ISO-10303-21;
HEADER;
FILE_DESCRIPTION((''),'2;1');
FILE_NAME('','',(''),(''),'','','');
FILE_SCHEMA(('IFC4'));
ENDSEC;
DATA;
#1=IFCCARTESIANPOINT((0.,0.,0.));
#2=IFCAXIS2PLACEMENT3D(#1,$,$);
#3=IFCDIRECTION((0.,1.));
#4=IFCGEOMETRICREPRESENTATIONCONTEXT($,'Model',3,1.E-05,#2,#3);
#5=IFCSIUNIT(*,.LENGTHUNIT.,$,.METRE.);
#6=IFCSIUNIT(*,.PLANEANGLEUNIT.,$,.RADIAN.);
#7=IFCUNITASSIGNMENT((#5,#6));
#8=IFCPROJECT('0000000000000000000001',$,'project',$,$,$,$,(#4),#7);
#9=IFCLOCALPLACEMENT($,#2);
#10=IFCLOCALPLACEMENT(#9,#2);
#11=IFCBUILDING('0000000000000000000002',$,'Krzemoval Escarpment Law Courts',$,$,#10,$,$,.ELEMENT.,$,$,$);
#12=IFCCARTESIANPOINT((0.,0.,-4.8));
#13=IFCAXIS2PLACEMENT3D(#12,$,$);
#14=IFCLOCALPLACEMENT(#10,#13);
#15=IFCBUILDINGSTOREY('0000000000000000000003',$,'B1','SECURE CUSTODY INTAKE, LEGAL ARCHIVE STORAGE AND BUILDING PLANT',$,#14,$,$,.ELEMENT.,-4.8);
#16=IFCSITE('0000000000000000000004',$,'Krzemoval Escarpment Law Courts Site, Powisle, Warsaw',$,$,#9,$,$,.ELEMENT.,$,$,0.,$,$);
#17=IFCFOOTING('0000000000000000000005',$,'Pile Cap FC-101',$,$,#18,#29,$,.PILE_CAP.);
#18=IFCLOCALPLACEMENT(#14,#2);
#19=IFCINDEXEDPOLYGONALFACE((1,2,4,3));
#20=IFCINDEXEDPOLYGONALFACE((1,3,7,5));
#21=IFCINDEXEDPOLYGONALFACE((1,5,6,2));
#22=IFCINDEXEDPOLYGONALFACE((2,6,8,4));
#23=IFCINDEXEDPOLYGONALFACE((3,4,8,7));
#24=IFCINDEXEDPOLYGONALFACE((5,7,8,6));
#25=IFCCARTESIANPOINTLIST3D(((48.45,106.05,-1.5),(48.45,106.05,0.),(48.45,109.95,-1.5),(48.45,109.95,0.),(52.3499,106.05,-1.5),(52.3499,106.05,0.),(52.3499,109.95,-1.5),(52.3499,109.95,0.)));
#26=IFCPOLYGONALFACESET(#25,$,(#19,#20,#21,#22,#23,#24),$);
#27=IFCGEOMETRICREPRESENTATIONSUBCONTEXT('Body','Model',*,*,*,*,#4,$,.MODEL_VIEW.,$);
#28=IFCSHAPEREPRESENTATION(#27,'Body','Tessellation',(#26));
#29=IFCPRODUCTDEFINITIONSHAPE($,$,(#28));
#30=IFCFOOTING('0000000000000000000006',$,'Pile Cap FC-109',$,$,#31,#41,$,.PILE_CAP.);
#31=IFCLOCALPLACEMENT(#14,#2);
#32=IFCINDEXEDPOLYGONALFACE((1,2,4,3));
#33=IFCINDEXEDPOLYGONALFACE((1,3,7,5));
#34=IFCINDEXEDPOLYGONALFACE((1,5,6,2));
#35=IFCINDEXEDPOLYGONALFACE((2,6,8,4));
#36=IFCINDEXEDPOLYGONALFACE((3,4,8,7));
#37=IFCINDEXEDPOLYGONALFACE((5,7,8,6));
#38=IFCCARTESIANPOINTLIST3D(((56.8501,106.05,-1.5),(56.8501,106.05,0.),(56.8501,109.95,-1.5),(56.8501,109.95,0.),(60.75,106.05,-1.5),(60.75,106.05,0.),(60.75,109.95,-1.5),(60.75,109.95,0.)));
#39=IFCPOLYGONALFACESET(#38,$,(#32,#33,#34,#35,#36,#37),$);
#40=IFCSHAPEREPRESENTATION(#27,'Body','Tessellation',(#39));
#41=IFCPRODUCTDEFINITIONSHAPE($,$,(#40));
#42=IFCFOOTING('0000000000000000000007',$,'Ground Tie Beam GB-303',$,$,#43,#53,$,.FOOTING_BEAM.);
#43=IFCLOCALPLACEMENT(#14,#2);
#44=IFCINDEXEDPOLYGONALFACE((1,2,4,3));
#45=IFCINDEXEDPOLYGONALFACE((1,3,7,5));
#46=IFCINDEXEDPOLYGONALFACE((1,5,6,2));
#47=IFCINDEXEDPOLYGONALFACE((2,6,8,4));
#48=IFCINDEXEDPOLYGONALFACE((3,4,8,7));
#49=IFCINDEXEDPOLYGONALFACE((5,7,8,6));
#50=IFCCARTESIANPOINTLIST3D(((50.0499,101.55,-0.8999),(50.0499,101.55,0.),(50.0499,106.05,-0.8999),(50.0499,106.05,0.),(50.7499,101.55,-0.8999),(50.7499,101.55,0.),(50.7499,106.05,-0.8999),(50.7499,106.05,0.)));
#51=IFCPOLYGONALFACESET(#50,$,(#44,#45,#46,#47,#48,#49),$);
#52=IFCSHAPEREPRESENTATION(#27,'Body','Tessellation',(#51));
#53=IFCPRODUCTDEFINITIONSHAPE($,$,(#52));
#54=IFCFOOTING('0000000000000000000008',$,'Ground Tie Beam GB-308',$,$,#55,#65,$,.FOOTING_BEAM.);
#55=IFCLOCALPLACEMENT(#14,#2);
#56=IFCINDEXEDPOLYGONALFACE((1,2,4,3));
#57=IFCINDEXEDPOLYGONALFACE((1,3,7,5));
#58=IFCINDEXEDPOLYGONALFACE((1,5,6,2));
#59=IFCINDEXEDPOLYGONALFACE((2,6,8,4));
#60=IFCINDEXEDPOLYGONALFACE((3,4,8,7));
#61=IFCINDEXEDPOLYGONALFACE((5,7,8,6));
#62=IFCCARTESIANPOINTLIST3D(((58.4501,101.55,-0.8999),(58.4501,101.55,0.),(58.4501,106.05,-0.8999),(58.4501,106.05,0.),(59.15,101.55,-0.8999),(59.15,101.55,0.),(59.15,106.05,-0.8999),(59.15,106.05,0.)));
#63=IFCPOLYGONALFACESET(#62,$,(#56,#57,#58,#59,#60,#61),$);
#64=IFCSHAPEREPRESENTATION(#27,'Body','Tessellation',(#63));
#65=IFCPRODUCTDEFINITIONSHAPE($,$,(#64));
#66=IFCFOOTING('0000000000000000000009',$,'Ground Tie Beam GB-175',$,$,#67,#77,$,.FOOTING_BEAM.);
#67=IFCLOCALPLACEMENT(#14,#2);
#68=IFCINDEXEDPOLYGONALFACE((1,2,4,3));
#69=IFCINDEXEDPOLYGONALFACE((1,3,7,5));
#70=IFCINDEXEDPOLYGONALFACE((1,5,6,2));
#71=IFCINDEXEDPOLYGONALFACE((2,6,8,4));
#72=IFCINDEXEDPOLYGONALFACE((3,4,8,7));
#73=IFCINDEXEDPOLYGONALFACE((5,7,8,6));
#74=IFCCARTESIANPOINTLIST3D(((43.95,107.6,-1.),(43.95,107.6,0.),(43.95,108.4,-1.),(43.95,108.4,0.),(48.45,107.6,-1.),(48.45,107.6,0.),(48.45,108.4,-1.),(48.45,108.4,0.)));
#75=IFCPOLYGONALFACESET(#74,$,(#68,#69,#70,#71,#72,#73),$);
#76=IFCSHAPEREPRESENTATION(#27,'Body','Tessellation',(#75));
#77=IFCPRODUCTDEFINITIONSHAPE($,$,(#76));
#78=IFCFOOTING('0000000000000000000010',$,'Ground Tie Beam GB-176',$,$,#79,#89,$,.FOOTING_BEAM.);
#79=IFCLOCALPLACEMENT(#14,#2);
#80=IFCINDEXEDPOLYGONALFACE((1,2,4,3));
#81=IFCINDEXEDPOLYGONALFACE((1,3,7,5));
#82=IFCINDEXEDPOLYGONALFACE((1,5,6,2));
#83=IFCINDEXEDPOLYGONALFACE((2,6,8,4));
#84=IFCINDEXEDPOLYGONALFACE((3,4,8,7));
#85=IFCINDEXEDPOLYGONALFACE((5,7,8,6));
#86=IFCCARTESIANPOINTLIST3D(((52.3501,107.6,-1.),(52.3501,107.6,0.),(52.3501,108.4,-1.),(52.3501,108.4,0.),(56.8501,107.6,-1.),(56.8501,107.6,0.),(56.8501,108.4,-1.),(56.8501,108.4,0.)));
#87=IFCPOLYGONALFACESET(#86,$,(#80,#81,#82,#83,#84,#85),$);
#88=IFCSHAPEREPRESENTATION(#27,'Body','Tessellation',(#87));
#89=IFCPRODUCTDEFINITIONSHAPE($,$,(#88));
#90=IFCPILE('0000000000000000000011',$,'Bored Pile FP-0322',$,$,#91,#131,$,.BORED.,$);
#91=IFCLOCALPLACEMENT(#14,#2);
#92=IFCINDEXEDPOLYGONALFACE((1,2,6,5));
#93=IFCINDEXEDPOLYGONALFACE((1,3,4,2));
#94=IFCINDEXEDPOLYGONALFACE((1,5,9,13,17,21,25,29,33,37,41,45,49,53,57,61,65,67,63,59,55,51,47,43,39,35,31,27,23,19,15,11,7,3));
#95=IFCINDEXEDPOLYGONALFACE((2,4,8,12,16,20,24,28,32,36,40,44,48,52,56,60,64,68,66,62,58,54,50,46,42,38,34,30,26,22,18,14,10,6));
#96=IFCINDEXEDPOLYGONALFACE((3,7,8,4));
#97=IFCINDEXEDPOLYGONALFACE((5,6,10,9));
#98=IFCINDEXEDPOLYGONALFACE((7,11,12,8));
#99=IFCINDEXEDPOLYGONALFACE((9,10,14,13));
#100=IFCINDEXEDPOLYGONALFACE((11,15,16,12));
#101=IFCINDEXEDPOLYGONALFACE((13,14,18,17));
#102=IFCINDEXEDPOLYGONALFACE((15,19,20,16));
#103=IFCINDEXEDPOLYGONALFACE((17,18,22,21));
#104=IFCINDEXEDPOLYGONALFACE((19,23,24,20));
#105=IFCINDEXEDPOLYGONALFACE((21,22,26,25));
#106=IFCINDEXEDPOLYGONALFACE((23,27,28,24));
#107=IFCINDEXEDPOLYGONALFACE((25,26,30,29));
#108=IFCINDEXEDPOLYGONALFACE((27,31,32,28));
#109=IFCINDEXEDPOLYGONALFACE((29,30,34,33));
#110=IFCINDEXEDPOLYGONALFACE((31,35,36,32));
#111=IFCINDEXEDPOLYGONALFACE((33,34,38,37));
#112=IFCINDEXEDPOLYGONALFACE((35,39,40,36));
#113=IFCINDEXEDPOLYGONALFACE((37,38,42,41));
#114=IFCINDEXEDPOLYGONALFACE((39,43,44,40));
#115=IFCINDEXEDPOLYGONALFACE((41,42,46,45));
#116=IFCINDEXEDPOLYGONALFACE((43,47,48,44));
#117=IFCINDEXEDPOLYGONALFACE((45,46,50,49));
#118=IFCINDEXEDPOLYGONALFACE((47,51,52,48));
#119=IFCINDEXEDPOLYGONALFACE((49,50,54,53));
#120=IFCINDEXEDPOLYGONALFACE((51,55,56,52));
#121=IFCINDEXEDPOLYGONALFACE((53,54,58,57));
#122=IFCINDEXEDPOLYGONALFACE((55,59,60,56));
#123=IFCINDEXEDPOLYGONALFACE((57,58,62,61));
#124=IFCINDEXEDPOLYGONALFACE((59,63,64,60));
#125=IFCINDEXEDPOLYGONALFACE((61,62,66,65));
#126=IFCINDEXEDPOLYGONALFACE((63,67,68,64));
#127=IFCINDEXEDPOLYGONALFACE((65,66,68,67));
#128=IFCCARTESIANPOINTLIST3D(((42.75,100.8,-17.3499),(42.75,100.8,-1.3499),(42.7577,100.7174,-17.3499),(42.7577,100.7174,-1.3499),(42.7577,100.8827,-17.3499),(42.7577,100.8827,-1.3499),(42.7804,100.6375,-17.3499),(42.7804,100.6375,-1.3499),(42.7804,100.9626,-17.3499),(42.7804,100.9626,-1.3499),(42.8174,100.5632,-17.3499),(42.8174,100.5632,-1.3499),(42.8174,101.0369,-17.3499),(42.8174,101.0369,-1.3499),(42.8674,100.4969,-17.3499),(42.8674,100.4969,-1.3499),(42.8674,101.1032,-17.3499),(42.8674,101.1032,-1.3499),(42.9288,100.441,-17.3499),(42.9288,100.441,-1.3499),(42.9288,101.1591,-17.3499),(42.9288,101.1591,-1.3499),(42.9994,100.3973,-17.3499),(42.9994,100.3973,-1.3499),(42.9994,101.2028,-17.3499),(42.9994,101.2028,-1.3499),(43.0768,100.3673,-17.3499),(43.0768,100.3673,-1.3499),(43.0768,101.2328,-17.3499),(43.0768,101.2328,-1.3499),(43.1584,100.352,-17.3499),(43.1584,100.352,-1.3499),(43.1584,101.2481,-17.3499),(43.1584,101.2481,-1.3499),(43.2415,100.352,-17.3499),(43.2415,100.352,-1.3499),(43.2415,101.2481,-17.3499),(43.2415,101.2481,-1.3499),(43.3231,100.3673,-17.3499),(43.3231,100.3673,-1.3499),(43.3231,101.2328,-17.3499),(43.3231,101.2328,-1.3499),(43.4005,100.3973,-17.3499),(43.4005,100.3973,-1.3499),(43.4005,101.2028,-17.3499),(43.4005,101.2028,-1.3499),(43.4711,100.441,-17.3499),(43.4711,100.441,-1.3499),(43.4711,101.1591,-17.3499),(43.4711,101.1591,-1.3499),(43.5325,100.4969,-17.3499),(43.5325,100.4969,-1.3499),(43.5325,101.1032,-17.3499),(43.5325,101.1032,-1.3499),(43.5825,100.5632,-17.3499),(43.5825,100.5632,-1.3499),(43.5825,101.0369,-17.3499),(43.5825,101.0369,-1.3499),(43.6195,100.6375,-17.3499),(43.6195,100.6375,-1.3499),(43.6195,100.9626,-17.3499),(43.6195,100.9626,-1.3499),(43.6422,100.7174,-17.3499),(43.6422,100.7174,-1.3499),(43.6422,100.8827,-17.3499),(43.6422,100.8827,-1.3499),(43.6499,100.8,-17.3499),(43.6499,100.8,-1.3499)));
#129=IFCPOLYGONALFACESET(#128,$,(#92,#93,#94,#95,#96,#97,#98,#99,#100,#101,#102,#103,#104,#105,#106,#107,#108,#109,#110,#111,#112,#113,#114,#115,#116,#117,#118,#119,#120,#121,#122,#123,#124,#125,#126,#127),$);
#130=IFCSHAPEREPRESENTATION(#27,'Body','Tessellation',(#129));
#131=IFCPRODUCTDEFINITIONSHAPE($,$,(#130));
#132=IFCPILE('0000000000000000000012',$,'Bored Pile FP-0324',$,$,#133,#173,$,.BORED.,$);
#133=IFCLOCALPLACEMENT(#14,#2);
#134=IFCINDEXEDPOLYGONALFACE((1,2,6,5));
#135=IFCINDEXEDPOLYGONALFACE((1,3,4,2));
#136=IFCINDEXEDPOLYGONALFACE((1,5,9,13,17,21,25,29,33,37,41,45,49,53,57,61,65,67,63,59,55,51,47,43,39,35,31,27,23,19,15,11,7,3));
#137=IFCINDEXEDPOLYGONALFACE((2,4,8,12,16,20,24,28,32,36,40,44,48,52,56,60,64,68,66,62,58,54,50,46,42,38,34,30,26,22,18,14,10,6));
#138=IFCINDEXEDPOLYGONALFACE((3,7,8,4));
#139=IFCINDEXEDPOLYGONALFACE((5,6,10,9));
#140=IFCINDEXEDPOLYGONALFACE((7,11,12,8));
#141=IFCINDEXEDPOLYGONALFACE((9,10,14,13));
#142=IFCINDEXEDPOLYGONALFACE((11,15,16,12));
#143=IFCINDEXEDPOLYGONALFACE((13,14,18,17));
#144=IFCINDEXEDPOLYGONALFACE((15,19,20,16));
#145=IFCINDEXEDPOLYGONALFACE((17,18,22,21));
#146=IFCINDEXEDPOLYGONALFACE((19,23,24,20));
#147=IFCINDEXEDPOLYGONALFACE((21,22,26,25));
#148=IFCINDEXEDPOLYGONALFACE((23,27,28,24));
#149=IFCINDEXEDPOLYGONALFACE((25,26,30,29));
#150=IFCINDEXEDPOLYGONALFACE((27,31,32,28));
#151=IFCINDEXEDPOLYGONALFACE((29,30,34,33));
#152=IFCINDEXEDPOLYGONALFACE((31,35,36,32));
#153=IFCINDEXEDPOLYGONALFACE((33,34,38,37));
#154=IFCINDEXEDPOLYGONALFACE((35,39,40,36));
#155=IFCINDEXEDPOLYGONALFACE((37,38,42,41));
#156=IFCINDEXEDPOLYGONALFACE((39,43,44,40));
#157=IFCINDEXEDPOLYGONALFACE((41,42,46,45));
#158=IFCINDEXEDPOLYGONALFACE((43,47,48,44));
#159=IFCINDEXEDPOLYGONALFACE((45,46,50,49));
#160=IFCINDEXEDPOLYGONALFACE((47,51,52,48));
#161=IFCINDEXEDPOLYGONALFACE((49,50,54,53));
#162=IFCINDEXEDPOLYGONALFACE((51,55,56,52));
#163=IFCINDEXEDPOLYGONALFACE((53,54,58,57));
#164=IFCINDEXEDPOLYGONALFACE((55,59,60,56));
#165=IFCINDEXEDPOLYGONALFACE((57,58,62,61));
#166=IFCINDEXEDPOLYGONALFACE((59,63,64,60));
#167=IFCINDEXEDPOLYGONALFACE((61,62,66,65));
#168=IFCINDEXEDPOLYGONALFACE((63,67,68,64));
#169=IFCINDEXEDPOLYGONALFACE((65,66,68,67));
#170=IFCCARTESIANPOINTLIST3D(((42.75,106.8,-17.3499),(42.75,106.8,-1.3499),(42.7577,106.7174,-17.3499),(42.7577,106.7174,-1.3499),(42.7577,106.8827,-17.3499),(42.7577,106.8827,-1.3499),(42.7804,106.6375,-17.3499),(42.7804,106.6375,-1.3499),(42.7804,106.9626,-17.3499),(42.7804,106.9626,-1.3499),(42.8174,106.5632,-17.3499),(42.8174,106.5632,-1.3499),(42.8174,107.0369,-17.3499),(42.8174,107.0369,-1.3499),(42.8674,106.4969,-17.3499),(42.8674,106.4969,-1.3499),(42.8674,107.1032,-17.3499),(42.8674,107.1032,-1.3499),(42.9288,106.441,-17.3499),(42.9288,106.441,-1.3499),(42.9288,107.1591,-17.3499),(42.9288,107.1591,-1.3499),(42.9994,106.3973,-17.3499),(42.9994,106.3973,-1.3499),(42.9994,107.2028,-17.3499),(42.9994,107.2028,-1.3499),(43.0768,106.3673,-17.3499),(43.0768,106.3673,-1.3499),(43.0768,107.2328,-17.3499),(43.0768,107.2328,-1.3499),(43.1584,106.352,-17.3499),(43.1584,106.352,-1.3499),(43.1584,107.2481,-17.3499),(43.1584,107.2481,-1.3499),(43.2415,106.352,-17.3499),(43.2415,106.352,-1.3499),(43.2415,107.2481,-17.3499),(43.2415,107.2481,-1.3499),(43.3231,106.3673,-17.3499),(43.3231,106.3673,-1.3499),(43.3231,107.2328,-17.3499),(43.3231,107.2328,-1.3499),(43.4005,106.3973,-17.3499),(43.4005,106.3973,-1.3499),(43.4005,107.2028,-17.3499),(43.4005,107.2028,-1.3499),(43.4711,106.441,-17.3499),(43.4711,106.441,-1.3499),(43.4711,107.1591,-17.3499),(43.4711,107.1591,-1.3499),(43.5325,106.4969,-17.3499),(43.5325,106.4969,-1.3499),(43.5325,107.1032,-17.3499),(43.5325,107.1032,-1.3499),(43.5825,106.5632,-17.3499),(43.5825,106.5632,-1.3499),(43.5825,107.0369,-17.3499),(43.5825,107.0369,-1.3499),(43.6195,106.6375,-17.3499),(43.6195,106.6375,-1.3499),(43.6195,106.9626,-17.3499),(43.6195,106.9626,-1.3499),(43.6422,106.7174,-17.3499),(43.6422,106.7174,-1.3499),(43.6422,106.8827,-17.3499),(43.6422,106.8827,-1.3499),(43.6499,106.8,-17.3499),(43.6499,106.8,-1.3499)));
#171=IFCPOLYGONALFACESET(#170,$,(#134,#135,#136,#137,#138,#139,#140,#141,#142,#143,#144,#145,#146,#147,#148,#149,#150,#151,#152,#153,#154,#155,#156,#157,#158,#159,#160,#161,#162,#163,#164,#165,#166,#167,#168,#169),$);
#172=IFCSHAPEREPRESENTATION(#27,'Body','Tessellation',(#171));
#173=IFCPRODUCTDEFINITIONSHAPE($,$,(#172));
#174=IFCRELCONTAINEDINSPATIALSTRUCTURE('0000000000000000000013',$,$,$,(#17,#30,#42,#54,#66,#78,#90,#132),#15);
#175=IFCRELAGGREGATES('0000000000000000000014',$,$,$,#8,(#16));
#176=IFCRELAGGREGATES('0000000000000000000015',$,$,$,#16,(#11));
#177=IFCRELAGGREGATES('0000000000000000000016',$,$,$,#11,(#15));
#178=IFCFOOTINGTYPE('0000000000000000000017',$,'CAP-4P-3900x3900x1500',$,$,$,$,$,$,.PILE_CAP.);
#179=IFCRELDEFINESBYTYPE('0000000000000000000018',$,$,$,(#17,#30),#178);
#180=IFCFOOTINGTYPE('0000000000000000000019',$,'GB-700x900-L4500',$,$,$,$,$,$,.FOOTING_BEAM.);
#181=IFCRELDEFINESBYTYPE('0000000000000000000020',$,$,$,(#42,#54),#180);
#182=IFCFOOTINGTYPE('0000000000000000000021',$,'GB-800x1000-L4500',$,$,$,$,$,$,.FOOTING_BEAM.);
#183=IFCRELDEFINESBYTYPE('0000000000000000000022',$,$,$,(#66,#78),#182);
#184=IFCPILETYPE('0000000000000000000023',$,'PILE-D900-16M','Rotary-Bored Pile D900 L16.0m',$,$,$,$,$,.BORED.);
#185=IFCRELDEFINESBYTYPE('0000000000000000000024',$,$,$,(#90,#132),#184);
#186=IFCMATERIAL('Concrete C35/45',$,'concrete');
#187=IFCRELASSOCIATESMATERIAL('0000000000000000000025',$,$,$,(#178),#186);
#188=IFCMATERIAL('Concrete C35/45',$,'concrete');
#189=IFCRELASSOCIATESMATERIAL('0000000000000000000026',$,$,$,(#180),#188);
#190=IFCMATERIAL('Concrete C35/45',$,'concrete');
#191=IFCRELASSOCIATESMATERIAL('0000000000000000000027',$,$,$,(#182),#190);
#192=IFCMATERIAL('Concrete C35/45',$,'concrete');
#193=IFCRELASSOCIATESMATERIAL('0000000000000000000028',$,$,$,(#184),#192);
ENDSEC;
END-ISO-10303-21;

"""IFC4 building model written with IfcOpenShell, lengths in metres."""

from ifc_helpers import new_model, si_unit, direction, frame, origin, origin_2d, place, context, subcontext, project, spatial, rectangle, circle, extrude, material, material_profile, profile_set, type_object, element, save


model = new_model("IFC4")

# Units and contexts
model_context = context("Model", 3, precision=1e-05, world=origin(), true_north=direction((0.0, 1.0)))
body_context = subcontext(model_context, "Body", "Model", "MODEL_VIEW")
ifc_project = project(units=[si_unit("LENGTHUNIT", "METRE"), si_unit("PLANEANGLEUNIT", "RADIAN")], contexts=[model_context])

# Site, building, storey
site_placement = place(None, origin())
site = spatial("IfcSite", under=ifc_project, at=site_placement, Name="Krzemoval Escarpment Law Courts Site, Powisle, Warsaw", CompositionType="ELEMENT", RefElevation=0.0)
building_placement = place(site_placement, origin())
building = spatial("IfcBuilding", under=site, at=building_placement, Name="Krzemoval Escarpment Law Courts", CompositionType="ELEMENT")
storey_placement = place(building_placement, frame((0.0, 0.0, -4.8)))
storey = spatial("IfcBuildingStorey", under=building, at=storey_placement, Name="B1", Description="SECURE CUSTODY INTAKE, LEGAL ARCHIVE STORAGE AND BUILDING PLANT", CompositionType="ELEMENT", Elevation=-4.8)

# Footings
ifc_material_1 = material(Name="Concrete C35/45", Category="concrete")
footing_type_1 = type_object("IfcFootingType", Name="CAP-4P-3900x3900x1500", PredefinedType="PILE_CAP", material=ifc_material_1)
for number, where, z_axis, x_axis, name in (
    (1, (50.3999, 108.0, -1.5), (0.0, 0.0, 1.0), (1.0, 0.0, 0.0), "Pile Cap FC-101"),
    (2, (58.8, 108.0, -1.5), (0.0, 0.0, 1.0), (1.0, 0.0, 0.0), "Pile Cap FC-109"),
):
    element("IfcFooting", number, at=place(storey_placement, frame(where, z_axis=z_axis, x_axis=x_axis)), inside=storey, type_object=footing_type_1, Name=name, PredefinedType="PILE_CAP", context=body_context, shape_type="SweptSolid", body=[
        extrude(rectangle(XDim=3.8999, YDim=3.8999, at=origin_2d()), origin(), (0.0, 0.0, 1.0), 1.5),
    ])
ifc_material_2 = material(Name="Concrete C35/45", Category="concrete")
footing_type_2 = type_object("IfcFootingType", Name="GB-700x900-L4500", PredefinedType="FOOTING_BEAM", material=ifc_material_2)
for number, where, z_axis, x_axis, name in (
    (3, (50.3999, 103.8, -0.8999), (0.0, 0.0, 1.0), (0.0, 1.0, 0.0), "Ground Tie Beam GB-303"),
    (4, (58.8, 103.8, -0.8999), (0.0, 0.0, 1.0), (0.0, 1.0, 0.0), "Ground Tie Beam GB-308"),
):
    element("IfcFooting", number, at=place(storey_placement, frame(where, z_axis=z_axis, x_axis=x_axis)), inside=storey, type_object=footing_type_2, Name=name, PredefinedType="FOOTING_BEAM", context=body_context, shape_type="SweptSolid", body=[
        extrude(rectangle(XDim=4.5, YDim=0.7, at=origin_2d()), origin(), (0.0, 0.0, 1.0), 0.8999),
    ])
ifc_material_3 = material(Name="Concrete C35/45", Category="concrete")
footing_type_3 = type_object("IfcFootingType", Name="GB-800x1000-L4500", PredefinedType="FOOTING_BEAM", material=ifc_material_3)
for number, where, z_axis, x_axis, name in (
    (5, (46.2, 108.0, -1.0), (0.0, 0.0, 1.0), (1.0, 0.0, 0.0), "Ground Tie Beam GB-175"),
    (6, (54.6001, 108.0, -1.0), (0.0, 0.0, 1.0), (1.0, 0.0, 0.0), "Ground Tie Beam GB-176"),
):
    element("IfcFooting", number, at=place(storey_placement, frame(where, z_axis=z_axis, x_axis=x_axis)), inside=storey, type_object=footing_type_3, Name=name, PredefinedType="FOOTING_BEAM", context=body_context, shape_type="SweptSolid", body=[
        extrude(rectangle(XDim=4.5, YDim=0.8, at=origin_2d()), origin(), (0.0, 0.0, 1.0), 1.0),
    ])

# Piles
ifc_material_4 = material(Name="Concrete C35/45", Category="concrete")
ifc_material_profile_1 = material_profile(ifc_material_4, circle(Radius=0.45, at=origin_2d()), Name="PILE D900")
ifc_profile_set_1 = profile_set([ifc_material_profile_1], Name="Concrete C35/45")
pile_type = type_object("IfcPileType", Name="PILE-D900-16M", Description="Rotary-Bored Pile D900 L16.0m", PredefinedType="BORED", material=ifc_profile_set_1)
for number, where, z_axis, x_axis, name in (
    (7, (43.2, 100.8, -1.3499), (0.0, 0.0, -1.0), (1.0, 0.0, 0.0), "Bored Pile FP-0322"),
    (8, (43.2, 106.8, -1.3499), (0.0, 0.0, -1.0), (1.0, 0.0, 0.0), "Bored Pile FP-0324"),
):
    element("IfcPile", number, at=place(storey_placement, frame(where, z_axis=z_axis, x_axis=x_axis)), inside=storey, type_object=pile_type, Name=name, PredefinedType="BORED", context=body_context, shape_type="SweptSolid", body=[
        extrude(circle(Radius=0.45, at=origin_2d()), origin(), (0.0, 0.0, 1.0), 16.0),
    ])

save(model, "model.ifc")
